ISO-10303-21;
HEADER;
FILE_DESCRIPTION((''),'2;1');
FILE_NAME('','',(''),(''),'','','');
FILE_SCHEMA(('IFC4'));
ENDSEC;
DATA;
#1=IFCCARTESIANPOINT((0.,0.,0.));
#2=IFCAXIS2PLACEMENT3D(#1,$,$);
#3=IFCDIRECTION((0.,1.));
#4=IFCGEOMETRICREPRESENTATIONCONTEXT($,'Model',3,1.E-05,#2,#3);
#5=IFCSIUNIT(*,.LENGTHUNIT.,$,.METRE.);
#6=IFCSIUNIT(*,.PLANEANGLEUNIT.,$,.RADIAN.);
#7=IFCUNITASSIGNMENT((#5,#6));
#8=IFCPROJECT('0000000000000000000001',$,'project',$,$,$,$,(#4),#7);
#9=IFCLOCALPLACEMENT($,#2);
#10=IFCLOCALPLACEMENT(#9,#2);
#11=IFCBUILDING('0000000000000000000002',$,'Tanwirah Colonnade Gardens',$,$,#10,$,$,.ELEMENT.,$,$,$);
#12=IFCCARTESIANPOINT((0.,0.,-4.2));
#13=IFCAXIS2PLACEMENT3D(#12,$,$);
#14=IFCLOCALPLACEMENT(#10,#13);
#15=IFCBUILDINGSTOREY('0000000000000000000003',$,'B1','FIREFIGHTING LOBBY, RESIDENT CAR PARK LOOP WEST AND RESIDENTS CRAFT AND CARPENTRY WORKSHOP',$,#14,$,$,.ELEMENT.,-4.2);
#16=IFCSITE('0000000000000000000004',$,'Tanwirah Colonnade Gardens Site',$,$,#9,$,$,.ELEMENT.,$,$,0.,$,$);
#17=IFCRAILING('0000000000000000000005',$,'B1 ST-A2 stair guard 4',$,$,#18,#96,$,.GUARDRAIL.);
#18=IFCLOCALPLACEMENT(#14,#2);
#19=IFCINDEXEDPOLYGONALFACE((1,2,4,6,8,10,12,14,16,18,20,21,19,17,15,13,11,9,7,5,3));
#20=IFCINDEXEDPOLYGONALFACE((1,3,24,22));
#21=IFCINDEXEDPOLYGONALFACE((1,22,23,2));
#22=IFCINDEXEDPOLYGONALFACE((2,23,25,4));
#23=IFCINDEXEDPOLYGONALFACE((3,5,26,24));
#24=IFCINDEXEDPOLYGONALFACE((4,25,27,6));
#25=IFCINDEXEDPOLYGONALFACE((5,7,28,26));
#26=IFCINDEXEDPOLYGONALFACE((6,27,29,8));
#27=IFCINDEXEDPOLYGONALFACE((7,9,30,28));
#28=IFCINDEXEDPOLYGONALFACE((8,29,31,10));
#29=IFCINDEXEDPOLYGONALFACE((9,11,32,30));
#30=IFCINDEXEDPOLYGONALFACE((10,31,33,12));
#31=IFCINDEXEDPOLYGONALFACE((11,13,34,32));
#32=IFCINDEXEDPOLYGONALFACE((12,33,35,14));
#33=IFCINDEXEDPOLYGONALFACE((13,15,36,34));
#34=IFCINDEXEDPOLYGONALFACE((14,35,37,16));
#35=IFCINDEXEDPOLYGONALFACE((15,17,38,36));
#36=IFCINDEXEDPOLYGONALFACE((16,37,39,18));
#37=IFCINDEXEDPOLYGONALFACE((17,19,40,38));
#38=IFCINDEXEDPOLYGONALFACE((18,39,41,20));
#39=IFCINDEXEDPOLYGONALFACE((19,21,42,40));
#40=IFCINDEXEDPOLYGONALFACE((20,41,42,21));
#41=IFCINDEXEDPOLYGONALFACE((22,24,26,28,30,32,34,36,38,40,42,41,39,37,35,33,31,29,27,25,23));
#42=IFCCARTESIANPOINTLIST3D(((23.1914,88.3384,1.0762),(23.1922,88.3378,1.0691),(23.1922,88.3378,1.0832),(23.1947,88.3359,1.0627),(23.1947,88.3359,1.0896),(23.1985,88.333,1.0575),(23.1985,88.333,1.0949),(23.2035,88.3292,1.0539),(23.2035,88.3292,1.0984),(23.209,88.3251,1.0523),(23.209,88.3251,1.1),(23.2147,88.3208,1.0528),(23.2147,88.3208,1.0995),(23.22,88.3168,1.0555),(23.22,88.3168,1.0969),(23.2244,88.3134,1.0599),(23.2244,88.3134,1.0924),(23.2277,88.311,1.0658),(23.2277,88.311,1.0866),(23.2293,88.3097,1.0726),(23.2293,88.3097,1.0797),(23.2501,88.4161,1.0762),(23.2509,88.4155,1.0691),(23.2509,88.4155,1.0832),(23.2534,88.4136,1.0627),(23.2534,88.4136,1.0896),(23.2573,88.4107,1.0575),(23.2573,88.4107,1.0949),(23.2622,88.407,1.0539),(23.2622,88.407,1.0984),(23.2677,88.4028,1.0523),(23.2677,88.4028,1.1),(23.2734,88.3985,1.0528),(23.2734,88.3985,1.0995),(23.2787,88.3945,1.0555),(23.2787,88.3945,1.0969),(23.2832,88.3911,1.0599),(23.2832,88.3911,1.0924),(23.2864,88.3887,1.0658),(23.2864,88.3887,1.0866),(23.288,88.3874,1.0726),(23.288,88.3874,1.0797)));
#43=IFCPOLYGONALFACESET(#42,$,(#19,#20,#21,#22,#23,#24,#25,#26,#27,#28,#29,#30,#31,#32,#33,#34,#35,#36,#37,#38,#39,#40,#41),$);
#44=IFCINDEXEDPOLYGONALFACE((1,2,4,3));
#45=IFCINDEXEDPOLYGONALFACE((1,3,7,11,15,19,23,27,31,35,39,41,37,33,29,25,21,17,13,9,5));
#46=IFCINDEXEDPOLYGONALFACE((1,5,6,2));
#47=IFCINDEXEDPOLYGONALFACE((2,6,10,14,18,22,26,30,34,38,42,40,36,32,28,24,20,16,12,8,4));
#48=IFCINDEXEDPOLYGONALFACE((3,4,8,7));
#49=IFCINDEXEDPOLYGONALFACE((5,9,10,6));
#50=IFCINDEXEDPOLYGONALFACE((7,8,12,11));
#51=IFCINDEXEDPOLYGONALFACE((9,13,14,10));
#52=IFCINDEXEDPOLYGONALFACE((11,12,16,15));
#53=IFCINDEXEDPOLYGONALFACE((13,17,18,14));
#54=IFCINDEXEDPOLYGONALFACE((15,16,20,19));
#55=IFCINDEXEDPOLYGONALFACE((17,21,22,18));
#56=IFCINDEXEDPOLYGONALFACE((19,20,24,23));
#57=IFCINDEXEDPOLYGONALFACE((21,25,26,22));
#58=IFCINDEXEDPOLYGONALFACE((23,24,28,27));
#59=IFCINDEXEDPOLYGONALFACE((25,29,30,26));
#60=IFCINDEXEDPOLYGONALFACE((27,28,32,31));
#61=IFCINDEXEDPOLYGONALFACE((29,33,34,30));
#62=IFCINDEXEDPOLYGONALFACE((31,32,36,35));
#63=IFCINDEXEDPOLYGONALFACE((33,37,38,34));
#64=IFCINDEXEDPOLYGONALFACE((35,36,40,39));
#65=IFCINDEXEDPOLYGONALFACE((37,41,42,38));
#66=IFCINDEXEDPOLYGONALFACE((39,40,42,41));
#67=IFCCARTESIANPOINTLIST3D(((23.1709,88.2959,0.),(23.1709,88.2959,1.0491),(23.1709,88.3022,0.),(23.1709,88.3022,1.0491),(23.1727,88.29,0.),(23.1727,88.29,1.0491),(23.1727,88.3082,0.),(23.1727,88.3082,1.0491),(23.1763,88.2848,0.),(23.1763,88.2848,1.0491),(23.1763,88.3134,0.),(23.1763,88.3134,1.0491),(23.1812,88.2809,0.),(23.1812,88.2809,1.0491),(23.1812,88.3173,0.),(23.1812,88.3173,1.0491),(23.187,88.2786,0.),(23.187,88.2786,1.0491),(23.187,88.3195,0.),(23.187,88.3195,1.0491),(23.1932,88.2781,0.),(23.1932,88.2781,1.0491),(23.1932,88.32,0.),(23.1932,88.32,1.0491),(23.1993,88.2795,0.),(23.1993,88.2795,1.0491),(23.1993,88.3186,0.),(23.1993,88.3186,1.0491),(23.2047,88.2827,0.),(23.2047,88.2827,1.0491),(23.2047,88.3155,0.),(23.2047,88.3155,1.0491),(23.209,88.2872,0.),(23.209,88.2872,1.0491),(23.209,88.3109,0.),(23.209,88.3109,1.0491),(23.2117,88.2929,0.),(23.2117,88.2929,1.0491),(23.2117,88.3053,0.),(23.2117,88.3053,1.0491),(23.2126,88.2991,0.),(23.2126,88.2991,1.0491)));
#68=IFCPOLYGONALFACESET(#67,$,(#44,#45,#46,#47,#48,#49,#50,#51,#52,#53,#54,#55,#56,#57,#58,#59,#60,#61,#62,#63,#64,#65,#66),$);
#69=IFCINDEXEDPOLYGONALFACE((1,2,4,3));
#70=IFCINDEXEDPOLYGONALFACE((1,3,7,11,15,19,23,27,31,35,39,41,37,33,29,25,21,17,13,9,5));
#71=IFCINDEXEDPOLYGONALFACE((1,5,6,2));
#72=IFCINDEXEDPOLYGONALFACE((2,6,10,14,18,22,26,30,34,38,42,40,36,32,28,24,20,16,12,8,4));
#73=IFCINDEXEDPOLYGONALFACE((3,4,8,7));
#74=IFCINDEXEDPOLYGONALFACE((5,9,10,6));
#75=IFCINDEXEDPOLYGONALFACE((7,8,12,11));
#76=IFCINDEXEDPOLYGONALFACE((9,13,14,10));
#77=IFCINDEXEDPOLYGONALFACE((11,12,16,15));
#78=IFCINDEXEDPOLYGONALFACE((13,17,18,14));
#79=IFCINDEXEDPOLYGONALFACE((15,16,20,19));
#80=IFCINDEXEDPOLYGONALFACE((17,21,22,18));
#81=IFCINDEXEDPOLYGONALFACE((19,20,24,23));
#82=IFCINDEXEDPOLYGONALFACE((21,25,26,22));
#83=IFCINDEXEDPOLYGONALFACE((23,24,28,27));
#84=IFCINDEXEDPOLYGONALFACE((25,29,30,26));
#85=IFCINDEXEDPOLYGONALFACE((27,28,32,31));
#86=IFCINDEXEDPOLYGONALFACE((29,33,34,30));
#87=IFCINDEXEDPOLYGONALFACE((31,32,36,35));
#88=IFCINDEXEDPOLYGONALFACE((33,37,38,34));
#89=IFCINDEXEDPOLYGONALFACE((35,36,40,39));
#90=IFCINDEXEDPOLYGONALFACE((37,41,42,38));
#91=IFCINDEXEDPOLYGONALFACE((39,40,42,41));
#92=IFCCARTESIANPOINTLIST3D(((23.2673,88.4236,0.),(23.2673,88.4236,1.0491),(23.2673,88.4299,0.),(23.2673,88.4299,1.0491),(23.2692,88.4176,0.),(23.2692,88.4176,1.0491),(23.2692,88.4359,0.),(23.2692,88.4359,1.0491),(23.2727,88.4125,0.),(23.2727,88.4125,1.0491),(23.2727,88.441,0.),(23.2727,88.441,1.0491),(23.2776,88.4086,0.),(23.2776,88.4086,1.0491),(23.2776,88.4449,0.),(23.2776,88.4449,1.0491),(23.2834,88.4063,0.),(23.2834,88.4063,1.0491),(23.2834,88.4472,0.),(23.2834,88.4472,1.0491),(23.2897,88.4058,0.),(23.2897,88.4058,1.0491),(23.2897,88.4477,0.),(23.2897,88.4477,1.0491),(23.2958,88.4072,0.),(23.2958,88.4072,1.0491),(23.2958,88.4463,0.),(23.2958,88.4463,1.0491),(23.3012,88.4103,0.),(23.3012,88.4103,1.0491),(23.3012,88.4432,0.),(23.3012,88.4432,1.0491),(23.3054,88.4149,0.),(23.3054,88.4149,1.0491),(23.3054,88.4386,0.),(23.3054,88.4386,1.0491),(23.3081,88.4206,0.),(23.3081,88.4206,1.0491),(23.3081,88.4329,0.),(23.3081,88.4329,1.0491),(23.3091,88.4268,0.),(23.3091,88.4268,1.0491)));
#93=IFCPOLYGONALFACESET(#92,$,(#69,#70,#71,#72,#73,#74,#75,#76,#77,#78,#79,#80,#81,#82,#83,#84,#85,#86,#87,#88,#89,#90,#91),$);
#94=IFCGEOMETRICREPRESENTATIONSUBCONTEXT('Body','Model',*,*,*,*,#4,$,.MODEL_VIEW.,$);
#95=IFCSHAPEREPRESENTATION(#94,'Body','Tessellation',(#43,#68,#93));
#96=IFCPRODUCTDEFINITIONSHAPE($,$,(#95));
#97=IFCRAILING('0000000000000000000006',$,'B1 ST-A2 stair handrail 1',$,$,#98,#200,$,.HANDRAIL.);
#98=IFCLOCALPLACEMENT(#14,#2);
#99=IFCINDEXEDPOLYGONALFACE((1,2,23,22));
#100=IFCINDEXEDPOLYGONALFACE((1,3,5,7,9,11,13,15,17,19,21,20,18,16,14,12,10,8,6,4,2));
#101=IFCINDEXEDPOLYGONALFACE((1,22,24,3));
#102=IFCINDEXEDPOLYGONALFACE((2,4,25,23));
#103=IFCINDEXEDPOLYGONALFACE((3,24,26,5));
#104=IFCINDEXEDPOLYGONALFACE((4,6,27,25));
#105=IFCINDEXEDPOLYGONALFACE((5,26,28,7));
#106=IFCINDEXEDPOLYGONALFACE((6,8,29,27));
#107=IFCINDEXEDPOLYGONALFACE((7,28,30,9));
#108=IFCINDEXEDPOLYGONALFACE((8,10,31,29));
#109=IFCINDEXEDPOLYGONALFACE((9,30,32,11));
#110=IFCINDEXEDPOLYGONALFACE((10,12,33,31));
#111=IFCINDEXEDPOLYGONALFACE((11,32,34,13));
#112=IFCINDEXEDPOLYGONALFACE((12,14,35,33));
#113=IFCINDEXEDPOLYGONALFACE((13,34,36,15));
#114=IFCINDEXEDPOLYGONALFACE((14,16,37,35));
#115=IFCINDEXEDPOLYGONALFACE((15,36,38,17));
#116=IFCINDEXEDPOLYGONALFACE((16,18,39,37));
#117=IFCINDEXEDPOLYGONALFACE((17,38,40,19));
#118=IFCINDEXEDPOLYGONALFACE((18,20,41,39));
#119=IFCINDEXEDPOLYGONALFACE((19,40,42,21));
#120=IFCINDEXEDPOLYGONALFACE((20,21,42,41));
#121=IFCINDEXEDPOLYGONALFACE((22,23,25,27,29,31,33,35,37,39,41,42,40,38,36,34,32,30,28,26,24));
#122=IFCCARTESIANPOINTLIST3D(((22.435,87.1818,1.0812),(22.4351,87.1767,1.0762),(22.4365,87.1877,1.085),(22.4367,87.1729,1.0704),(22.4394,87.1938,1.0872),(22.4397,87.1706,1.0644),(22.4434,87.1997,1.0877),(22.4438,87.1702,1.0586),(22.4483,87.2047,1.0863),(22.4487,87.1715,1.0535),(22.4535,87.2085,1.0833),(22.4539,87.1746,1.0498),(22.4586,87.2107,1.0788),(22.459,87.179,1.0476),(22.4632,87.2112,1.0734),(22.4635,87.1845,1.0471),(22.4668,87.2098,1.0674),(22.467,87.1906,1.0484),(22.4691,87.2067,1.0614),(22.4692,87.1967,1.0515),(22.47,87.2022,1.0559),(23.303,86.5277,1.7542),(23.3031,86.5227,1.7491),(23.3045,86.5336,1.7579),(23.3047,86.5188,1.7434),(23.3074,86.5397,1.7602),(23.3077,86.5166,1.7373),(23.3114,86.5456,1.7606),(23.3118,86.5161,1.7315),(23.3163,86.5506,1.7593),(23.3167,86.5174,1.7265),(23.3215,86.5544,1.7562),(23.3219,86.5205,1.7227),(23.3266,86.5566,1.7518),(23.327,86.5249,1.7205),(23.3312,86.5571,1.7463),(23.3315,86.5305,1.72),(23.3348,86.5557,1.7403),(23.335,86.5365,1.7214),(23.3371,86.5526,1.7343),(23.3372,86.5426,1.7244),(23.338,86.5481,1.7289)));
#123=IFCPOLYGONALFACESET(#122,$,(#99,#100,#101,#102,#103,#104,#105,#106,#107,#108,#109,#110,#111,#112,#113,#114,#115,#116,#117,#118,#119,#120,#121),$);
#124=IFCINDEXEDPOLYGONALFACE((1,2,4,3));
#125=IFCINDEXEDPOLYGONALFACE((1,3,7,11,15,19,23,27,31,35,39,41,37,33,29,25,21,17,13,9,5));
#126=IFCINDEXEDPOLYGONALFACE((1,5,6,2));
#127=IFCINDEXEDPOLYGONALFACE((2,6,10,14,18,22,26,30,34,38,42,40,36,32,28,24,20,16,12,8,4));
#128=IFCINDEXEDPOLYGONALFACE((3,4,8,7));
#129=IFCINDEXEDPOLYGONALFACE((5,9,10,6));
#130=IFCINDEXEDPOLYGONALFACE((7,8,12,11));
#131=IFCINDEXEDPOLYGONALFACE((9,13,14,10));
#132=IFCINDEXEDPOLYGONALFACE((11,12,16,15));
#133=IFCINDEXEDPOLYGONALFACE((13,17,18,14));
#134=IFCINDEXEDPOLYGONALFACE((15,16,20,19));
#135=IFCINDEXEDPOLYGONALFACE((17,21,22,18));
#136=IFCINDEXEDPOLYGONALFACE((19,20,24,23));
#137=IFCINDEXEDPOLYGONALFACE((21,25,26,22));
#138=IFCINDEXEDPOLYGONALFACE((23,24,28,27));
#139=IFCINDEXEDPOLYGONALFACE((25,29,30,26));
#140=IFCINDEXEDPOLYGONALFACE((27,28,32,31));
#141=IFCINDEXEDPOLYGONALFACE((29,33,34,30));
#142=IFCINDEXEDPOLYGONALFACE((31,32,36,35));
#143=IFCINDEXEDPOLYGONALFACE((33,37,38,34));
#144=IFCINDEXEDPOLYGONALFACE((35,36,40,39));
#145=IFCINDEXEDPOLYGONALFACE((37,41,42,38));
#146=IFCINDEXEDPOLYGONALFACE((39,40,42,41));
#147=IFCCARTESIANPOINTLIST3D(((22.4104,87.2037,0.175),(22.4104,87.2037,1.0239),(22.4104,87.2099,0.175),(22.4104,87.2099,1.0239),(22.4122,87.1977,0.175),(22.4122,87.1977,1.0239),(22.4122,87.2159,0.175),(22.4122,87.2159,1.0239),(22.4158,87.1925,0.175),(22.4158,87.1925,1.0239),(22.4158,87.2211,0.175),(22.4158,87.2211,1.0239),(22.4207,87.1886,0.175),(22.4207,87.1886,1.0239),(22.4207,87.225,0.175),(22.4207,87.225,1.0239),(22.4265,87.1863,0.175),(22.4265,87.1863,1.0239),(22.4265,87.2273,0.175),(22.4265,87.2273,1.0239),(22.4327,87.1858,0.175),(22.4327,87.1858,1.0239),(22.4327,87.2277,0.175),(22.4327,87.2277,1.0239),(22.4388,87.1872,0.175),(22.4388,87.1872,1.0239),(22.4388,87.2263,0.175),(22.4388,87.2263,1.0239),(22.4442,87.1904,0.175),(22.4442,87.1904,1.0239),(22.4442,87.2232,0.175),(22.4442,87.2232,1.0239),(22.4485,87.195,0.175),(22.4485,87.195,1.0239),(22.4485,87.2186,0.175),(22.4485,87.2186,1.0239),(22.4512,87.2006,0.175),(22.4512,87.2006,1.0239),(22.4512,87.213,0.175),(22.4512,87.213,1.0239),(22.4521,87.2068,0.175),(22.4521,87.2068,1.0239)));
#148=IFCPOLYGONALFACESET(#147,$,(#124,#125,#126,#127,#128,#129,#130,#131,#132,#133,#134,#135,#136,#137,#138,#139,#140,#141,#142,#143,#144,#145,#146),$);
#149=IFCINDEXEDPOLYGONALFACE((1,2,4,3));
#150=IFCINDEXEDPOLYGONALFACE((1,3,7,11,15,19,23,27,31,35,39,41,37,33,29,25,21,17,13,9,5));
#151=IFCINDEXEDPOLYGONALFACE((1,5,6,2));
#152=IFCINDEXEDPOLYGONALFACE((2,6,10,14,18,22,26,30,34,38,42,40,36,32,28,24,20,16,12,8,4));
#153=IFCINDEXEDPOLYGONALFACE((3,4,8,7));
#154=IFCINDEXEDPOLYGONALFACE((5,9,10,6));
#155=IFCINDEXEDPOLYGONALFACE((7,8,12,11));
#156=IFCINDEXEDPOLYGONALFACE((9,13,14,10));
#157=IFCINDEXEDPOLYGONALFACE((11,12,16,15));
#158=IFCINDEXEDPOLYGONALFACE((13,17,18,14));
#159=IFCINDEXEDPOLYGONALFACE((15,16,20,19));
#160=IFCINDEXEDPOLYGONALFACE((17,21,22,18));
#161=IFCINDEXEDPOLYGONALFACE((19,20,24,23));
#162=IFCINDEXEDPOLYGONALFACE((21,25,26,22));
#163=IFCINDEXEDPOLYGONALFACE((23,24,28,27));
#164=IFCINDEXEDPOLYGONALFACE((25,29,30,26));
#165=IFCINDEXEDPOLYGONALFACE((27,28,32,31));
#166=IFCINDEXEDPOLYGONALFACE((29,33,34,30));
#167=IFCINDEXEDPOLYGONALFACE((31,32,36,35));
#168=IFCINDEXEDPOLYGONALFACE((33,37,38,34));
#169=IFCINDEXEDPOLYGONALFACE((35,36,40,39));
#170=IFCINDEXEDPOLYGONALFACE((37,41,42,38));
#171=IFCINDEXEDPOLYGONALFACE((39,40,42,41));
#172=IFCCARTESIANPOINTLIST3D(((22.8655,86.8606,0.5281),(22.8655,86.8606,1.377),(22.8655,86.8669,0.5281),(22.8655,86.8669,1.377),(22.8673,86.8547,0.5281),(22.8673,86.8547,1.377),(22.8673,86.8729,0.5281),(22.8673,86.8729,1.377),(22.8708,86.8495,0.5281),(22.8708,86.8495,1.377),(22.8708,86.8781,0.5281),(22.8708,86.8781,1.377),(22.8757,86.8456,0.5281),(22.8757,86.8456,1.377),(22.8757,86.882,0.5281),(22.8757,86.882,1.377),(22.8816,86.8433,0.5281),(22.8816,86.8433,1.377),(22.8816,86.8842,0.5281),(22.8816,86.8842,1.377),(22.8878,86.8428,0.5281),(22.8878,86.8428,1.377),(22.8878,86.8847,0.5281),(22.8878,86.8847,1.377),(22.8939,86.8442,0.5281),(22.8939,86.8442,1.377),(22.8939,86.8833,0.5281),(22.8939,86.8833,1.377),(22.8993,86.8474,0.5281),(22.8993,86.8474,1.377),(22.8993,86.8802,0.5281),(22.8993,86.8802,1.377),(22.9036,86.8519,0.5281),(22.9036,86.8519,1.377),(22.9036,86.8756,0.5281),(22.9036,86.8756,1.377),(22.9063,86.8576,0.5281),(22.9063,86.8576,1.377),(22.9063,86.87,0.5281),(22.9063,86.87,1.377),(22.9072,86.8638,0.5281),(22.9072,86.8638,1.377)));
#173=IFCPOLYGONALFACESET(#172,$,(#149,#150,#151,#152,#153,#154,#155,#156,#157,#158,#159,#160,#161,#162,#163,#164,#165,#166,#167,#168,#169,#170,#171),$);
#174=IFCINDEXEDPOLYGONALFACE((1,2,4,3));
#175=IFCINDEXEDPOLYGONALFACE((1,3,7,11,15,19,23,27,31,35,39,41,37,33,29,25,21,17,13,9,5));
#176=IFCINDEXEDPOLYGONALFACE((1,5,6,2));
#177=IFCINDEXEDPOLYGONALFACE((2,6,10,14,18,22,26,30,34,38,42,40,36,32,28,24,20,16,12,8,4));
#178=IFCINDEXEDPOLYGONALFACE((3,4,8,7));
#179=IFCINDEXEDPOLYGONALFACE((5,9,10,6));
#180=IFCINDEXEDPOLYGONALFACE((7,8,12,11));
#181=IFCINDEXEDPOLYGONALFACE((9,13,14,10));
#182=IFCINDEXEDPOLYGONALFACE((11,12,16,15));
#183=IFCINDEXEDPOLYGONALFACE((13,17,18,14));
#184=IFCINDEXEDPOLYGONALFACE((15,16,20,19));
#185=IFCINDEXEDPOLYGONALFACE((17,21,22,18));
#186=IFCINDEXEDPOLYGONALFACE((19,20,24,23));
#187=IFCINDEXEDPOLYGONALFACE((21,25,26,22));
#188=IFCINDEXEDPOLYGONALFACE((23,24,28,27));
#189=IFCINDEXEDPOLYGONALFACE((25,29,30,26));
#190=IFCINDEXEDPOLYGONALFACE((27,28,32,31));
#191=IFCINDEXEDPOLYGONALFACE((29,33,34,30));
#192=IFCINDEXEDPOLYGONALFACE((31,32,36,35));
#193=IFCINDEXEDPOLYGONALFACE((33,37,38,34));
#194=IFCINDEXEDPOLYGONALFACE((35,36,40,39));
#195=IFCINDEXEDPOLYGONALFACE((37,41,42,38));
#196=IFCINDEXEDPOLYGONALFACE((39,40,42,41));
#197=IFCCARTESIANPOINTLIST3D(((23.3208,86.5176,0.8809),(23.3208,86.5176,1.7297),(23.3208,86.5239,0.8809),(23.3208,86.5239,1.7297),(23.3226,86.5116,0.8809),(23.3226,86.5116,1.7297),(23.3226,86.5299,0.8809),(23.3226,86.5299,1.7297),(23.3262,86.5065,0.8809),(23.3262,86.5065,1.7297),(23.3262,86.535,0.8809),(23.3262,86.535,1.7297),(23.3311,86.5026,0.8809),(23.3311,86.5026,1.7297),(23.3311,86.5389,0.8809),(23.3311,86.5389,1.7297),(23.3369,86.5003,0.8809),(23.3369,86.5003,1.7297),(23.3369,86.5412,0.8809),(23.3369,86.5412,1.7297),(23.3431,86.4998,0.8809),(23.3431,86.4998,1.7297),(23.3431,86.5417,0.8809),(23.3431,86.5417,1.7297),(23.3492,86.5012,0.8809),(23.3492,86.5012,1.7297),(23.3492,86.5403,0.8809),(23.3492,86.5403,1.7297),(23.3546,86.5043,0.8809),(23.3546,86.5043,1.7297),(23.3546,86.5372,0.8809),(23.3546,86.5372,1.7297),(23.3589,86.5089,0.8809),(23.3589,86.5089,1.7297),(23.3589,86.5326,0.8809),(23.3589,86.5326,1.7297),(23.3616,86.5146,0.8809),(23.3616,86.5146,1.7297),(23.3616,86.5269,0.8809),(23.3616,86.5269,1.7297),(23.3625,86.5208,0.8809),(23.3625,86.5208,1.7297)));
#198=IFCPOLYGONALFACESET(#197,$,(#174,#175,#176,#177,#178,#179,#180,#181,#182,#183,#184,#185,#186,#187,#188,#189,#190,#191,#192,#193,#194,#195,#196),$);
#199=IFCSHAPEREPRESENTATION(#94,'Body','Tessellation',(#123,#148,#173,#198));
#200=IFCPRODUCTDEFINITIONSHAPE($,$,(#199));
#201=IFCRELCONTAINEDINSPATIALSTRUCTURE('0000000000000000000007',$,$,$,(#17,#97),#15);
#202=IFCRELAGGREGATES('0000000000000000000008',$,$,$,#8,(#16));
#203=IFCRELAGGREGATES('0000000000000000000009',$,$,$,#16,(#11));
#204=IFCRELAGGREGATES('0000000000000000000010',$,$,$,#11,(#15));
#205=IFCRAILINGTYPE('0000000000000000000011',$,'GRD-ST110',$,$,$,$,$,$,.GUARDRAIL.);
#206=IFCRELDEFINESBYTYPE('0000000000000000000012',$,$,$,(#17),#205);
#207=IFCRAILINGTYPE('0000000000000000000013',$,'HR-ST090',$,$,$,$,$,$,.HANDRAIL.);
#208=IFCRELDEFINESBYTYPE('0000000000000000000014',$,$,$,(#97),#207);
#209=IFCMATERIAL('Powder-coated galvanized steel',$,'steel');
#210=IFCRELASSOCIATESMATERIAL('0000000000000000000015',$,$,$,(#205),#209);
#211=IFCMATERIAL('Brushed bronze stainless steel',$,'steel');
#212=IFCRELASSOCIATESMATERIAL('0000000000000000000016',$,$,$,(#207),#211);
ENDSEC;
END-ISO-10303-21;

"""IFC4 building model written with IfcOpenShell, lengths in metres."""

from ifc_helpers import new_model, si_unit, direction, frame, origin, origin_2d, place, context, subcontext, project, spatial, circle, extrude, material, type_object, element, save


model = new_model("IFC4")

# Units and contexts
model_context = context("Model", 3, precision=1e-05, world=origin(), true_north=direction((0.0, 1.0)))
body_context = subcontext(model_context, "Body", "Model", "MODEL_VIEW")
ifc_project = project(units=[si_unit("LENGTHUNIT", "METRE"), si_unit("PLANEANGLEUNIT", "RADIAN")], contexts=[model_context])

# Site, building, storey
site_placement = place(None, origin())
site = spatial("IfcSite", under=ifc_project, at=site_placement, Name="Tanwirah Colonnade Gardens Site", CompositionType="ELEMENT", RefElevation=0.0)
building_placement = place(site_placement, origin())
building = spatial("IfcBuilding", under=site, at=building_placement, Name="Tanwirah Colonnade Gardens", CompositionType="ELEMENT")
storey_placement = place(building_placement, frame((0.0, 0.0, -4.2)))
storey = spatial("IfcBuildingStorey", under=building, at=storey_placement, Name="B1", Description="FIREFIGHTING LOBBY, RESIDENT CAR PARK LOOP WEST AND RESIDENTS CRAFT AND CARPENTRY WORKSHOP", CompositionType="ELEMENT", Elevation=-4.2)

# Railings
ifc_material_1 = material(Name="Powder-coated galvanized steel", Category="steel")
railing_type_1 = type_object("IfcRailingType", Name="GRD-ST110", PredefinedType="GUARDRAIL", material=ifc_material_1)
railing_1_placement = place(storey_placement, frame((23.1917, 88.2991, 0.0)))
element("IfcRailing", 1, at=railing_1_placement, inside=storey, type_object=railing_type_1, Name="B1 ST-A2 stair guard 4", PredefinedType="GUARDRAIL", context=body_context, shape_type="SweptSolid", body=[
    extrude(circle(Radius=0.0239, at=origin_2d()), frame((0.0188, 0.0249, 1.0762), z_axis=(0.602682, 0.797981, 0.0), x_axis=(-0.797981, 0.602682, 0.0)), (0.0, 0.0, 1.0), 0.0974),
    extrude(circle(Radius=0.021, at=origin_2d()), origin(), (0.0, 0.0, 1.0), 1.0491),
    extrude(circle(Radius=0.021, at=origin_2d()), frame((0.0964, 0.1277, 0.0)), (0.0, 0.0, 1.0), 1.0491),
])
ifc_material_2 = material(Name="Brushed bronze stainless steel", Category="steel")
railing_type_2 = type_object("IfcRailingType", Name="HR-ST090", PredefinedType="HANDRAIL", material=ifc_material_2)
railing_2_placement = place(storey_placement, frame((22.4312, 87.2068, 0.175)))
element("IfcRailing", 2, at=railing_2_placement, inside=storey, type_object=railing_type_2, Name="B1 ST-A2 stair handrail 1", PredefinedType="HANDRAIL", context=body_context, shape_type="SweptSolid", body=[
    extrude(circle(Radius=0.0239, at=origin_2d()), frame((0.0212, -0.0161, 0.8923), z_axis=(0.679017, -0.511676, 0.526425), x_axis=(0.601815, 0.798636, 0.0)), (0.0, 0.0, 1.0), 1.2783),
    extrude(circle(Radius=0.021, at=origin_2d()), origin(), (0.0, 0.0, 1.0), 0.8489),
    extrude(circle(Radius=0.021, at=origin_2d()), frame((0.4551, -0.343, 0.353)), (0.0, 0.0, 1.0), 0.8489),
    extrude(circle(Radius=0.021, at=origin_2d()), frame((0.9104, -0.686, 0.7058)), (0.0, 0.0, 1.0), 0.8489),
])

save(model, "model.ifc")
